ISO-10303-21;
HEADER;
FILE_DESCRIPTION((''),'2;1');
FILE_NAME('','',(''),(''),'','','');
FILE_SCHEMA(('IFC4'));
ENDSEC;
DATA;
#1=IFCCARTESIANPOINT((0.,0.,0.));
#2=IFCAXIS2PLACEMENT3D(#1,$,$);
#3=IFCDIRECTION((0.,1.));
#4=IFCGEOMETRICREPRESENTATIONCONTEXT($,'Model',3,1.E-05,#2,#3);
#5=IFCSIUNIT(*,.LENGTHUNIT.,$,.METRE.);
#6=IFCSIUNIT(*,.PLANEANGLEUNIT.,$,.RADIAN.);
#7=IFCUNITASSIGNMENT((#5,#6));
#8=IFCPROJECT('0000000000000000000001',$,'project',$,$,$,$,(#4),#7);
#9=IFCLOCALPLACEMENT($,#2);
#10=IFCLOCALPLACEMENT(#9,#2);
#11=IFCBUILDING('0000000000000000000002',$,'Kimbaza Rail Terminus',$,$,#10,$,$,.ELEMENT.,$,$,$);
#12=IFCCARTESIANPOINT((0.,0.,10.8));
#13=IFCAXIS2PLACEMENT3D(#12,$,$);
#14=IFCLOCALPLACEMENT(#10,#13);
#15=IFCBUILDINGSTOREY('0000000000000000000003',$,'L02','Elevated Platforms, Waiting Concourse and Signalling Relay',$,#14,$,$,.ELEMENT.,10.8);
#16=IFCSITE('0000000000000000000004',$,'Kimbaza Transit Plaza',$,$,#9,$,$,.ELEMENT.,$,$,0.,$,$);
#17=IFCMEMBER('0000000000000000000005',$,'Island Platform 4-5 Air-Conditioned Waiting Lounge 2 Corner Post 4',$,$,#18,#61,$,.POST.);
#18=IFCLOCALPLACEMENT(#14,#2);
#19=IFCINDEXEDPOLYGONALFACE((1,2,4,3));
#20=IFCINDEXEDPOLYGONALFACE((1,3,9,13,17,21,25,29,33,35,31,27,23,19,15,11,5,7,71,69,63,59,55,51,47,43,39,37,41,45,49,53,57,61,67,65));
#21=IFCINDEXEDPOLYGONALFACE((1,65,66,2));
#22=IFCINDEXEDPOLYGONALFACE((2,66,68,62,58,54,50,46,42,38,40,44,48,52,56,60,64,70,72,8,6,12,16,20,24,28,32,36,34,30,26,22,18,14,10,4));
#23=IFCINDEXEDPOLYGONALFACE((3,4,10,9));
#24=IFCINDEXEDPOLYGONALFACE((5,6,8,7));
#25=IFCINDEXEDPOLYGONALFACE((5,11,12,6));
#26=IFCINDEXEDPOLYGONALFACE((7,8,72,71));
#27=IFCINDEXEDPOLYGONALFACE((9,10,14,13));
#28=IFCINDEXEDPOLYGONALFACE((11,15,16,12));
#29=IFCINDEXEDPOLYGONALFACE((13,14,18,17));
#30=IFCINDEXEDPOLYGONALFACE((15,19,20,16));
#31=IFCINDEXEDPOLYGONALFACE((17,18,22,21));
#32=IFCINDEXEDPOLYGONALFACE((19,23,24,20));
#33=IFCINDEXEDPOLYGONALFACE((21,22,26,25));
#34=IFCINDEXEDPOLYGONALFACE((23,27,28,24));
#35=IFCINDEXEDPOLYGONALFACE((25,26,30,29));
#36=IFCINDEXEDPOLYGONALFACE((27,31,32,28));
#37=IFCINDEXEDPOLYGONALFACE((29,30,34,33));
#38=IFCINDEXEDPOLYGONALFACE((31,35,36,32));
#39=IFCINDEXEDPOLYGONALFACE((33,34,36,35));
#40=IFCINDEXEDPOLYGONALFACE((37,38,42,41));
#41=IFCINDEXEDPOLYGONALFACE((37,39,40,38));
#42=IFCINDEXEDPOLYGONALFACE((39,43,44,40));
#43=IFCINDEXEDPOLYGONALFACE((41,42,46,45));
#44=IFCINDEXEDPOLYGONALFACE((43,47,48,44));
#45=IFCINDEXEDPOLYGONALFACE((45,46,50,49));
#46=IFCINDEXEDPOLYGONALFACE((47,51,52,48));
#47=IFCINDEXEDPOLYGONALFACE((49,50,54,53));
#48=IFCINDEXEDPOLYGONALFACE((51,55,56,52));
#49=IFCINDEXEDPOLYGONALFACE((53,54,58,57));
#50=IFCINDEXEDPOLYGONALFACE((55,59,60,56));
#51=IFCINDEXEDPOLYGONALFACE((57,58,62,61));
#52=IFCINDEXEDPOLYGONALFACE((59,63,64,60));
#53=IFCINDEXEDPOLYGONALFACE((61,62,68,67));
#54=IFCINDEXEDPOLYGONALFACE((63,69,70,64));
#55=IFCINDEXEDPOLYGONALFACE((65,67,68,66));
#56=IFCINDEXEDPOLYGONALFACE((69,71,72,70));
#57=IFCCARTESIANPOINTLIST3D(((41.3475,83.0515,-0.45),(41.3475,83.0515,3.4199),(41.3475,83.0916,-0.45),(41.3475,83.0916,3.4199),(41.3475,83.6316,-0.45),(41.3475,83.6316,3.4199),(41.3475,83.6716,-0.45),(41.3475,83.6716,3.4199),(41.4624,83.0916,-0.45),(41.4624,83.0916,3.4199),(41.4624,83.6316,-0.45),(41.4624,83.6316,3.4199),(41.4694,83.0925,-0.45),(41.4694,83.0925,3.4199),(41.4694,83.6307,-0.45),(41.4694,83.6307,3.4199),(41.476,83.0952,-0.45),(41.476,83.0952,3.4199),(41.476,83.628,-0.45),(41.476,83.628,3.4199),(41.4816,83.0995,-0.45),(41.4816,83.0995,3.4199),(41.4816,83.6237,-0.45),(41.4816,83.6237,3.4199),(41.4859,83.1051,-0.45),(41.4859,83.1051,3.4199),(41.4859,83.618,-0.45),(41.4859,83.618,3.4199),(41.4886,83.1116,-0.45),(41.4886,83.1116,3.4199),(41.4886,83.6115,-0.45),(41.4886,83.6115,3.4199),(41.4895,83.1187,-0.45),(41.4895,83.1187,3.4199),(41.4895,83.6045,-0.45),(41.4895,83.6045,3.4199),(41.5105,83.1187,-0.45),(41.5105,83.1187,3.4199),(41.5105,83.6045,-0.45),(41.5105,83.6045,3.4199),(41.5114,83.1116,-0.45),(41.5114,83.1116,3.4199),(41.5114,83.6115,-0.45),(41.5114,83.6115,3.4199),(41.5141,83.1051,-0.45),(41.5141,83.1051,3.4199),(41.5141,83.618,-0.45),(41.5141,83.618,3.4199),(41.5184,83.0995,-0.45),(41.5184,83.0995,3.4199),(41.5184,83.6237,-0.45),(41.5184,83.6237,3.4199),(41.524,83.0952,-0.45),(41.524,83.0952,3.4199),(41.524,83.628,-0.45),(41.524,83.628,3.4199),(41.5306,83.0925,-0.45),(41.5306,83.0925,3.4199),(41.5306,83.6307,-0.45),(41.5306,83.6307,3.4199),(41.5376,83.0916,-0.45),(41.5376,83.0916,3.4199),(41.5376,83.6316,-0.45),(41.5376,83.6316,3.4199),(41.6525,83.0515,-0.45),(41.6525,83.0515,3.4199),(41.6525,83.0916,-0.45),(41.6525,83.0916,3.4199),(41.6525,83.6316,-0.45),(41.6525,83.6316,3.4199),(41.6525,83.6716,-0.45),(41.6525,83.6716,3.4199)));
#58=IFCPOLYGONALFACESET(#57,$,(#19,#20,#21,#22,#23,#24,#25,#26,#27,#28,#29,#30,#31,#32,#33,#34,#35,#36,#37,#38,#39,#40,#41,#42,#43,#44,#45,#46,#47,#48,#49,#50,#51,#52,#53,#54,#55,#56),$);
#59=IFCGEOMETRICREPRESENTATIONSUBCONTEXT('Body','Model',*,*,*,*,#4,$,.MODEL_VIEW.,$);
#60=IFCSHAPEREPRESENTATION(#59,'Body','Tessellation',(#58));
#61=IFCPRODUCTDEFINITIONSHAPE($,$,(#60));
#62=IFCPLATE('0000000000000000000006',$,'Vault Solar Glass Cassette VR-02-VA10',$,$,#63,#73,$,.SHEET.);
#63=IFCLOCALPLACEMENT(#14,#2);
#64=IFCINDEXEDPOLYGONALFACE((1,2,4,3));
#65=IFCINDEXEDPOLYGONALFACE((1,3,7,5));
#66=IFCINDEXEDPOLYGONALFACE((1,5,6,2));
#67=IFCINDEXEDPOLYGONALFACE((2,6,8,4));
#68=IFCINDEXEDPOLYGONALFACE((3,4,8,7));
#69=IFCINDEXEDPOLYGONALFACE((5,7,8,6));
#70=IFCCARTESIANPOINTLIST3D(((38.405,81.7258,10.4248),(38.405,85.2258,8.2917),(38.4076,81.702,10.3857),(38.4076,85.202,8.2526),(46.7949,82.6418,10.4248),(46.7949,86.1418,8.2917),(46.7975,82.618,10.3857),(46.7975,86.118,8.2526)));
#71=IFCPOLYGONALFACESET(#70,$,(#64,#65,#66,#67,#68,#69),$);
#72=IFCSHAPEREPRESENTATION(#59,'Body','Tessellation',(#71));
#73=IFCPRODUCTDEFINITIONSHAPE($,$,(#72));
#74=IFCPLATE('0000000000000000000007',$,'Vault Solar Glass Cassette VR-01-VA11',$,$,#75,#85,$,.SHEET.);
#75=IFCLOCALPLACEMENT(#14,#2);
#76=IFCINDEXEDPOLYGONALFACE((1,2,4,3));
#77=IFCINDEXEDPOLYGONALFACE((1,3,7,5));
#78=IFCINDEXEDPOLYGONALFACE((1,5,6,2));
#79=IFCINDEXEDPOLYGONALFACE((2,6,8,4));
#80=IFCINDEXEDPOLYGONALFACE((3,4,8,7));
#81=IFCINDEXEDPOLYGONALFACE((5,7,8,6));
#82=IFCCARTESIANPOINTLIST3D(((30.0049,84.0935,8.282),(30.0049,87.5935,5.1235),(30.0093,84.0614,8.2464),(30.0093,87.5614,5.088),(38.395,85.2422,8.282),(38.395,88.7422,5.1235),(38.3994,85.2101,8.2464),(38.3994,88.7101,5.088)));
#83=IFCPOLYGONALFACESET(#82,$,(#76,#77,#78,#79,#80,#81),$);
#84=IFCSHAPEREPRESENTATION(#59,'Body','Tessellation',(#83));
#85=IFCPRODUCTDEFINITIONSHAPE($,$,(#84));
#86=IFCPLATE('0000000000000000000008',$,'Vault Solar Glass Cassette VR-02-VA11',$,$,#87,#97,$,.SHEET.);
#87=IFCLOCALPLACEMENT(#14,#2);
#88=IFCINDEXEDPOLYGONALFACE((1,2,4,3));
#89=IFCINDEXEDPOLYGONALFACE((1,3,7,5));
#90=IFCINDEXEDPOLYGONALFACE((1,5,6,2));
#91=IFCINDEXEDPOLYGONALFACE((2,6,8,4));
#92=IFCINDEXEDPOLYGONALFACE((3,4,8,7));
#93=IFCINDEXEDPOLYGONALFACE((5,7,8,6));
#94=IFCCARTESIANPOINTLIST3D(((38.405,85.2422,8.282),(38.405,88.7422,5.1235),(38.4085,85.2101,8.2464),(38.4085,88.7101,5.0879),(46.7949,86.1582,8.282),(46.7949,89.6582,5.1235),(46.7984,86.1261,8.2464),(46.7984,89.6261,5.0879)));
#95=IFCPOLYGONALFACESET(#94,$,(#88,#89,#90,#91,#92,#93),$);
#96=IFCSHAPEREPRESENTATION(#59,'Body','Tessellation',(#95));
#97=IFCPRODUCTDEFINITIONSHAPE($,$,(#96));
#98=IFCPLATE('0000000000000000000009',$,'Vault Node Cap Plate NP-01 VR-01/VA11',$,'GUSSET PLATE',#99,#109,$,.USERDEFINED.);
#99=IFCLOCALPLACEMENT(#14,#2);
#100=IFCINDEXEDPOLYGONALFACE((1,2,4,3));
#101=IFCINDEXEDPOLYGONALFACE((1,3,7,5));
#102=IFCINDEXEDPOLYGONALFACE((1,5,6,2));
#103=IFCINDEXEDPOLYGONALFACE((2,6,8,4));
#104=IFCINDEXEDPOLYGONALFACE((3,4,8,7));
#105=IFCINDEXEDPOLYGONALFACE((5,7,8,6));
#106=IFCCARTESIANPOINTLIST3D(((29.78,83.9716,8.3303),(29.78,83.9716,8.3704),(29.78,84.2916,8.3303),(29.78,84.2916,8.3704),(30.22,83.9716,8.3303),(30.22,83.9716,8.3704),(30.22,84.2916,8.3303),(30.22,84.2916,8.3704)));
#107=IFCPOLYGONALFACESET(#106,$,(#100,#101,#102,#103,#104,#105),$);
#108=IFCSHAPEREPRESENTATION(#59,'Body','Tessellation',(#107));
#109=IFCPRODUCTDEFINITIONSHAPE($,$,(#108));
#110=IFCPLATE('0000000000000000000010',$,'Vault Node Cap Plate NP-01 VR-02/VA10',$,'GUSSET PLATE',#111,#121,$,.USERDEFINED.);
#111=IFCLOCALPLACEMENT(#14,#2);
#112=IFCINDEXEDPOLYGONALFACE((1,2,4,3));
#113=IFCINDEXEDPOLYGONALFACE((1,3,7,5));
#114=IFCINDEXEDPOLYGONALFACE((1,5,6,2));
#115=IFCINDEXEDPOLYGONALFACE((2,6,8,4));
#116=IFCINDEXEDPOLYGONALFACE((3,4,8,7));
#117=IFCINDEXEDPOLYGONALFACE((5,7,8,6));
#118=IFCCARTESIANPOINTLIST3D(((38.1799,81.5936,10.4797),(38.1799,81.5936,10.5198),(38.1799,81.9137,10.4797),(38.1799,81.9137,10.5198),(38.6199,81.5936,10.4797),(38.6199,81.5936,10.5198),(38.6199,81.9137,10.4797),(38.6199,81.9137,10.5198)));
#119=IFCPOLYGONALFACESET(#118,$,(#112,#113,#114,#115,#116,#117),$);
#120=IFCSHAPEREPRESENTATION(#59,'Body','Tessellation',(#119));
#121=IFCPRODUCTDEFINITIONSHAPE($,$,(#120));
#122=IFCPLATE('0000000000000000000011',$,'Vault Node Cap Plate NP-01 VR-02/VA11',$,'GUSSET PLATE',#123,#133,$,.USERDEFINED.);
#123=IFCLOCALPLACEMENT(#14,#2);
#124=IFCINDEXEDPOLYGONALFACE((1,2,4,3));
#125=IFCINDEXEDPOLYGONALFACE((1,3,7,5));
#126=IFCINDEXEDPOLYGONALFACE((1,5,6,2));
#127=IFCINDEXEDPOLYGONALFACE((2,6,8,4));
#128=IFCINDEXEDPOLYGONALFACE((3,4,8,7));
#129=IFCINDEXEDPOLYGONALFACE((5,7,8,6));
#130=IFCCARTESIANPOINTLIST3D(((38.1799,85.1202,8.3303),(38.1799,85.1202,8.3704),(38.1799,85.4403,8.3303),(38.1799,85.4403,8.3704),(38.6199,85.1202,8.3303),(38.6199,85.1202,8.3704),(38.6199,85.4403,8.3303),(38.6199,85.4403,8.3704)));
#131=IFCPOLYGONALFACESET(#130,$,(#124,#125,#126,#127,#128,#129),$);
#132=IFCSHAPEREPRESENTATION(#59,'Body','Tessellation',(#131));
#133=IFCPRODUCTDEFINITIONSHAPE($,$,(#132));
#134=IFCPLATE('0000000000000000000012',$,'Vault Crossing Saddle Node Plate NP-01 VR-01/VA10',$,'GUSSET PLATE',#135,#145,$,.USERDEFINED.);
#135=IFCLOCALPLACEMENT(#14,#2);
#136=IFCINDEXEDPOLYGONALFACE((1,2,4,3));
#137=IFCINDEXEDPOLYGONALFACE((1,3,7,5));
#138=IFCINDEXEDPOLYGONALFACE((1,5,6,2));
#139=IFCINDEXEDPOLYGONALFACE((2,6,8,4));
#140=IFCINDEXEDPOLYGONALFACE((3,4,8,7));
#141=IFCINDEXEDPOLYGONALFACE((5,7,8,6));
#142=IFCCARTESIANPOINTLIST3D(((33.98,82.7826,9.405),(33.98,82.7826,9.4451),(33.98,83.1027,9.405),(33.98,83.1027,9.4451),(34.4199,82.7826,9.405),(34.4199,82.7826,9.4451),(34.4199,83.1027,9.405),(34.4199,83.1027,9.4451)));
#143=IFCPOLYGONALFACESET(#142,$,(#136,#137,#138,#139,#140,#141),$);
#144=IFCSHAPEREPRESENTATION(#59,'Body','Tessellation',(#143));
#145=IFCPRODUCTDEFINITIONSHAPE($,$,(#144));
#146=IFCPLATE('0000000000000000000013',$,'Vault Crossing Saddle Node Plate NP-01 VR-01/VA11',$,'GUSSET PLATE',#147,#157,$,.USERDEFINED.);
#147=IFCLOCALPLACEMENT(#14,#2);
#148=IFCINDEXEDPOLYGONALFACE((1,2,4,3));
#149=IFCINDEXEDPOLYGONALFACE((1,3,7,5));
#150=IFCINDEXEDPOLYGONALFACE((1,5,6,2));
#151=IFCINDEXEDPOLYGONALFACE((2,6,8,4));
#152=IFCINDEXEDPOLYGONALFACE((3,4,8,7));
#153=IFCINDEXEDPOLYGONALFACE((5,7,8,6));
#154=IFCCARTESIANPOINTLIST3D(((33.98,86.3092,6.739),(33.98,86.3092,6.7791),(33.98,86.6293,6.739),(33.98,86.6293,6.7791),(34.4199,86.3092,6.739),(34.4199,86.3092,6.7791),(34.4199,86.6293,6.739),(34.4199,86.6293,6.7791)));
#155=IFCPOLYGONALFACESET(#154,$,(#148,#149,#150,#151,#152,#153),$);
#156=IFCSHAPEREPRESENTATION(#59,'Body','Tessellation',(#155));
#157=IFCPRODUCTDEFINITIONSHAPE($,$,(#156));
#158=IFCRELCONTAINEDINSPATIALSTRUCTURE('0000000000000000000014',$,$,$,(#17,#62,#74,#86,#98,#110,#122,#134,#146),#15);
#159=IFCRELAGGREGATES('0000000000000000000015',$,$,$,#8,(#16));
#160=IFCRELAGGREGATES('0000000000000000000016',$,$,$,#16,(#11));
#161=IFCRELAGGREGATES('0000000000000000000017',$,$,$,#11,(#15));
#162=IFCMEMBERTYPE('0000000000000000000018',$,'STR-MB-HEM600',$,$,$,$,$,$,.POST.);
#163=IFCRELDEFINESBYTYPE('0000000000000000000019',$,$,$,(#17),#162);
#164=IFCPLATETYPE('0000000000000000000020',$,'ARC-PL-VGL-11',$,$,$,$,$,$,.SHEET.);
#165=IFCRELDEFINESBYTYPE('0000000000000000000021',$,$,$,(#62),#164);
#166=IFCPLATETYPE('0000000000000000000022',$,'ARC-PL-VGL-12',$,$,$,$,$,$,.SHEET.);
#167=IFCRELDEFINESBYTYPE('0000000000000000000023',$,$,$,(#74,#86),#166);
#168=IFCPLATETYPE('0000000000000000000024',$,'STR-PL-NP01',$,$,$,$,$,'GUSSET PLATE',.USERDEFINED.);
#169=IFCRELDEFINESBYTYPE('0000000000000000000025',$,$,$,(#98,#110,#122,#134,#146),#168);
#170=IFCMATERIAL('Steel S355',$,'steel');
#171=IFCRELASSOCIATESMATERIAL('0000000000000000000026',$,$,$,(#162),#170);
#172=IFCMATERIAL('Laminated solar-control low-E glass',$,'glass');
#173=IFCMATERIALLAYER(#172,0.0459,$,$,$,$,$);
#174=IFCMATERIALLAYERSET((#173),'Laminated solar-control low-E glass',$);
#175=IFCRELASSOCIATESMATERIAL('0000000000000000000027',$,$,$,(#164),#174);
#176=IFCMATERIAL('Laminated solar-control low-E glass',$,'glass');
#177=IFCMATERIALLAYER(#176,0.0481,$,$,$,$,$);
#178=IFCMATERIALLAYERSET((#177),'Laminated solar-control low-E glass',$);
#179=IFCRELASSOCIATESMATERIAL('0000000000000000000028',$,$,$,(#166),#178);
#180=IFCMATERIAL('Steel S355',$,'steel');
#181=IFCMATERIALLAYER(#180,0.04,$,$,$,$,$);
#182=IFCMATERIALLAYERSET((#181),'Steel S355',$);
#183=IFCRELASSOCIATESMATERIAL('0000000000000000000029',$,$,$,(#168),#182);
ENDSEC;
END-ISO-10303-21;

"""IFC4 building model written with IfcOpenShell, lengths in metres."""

from ifc_helpers import new_model, si_unit, direction, frame, origin, origin_2d, place, context, subcontext, project, spatial, polyline, rectangle, i_section, outline, extrude, material, layer, layer_set, material_profile, profile_set, type_object, element, save


model = new_model("IFC4")

# Units and contexts
model_context = context("Model", 3, precision=1e-05, world=origin(), true_north=direction((0.0, 1.0)))
body_context = subcontext(model_context, "Body", "Model", "MODEL_VIEW")
ifc_project = project(units=[si_unit("LENGTHUNIT", "METRE"), si_unit("PLANEANGLEUNIT", "RADIAN")], contexts=[model_context])

# Site, building, storey
site_placement = place(None, origin())
site = spatial("IfcSite", under=ifc_project, at=site_placement, Name="Kimbaza Transit Plaza", CompositionType="ELEMENT", RefElevation=0.0)
building_placement = place(site_placement, origin())
building = spatial("IfcBuilding", under=site, at=building_placement, Name="Kimbaza Rail Terminus", CompositionType="ELEMENT")
storey_placement = place(building_placement, frame((0.0, 0.0, 10.8)))
storey = spatial("IfcBuildingStorey", under=building, at=storey_placement, Name="L02", Description="Elevated Platforms, Waiting Concourse and Signalling Relay", CompositionType="ELEMENT", Elevation=10.8)

# Member
ifc_material_1 = material(Name="Steel S355", Category="steel")
ifc_material_profile_1 = material_profile(ifc_material_1, i_section(OverallWidth=0.3049, OverallDepth=0.6201, WebThickness=0.021, FlangeThickness=0.04, FilletRadius=0.0271, at=origin_2d()), Name="HEM 600")
ifc_profile_set_1 = profile_set([ifc_material_profile_1], Name="Steel S355")
member_type_1 = type_object("IfcMemberType", Name="STR-MB-HEM600", PredefinedType="POST", material=ifc_profile_set_1)
member_1_placement = place(storey_placement, frame((41.5, 83.3616, -0.45), z_axis=(0.0, 0.0, 1.0), x_axis=(1.0, 0.0, 0.0)))
element("IfcMember", 1, at=member_1_placement, inside=storey, type_object=member_type_1, Name="Island Platform 4-5 Air-Conditioned Waiting Lounge 2 Corner Post 4", PredefinedType="POST", context=body_context, shape_type="SweptSolid", body=[
    extrude(i_section(OverallWidth=0.3049, OverallDepth=0.6201, WebThickness=0.021, FlangeThickness=0.04, FilletRadius=0.0271, at=origin_2d()), origin(), (0.0, 0.0, 1.0), 3.8699),
])

# Plates
ifc_material_2 = material(Name="Laminated solar-control low-E glass", Category="glass")
ifc_layer_1 = layer(ifc_material_2, 0.0459)
ifc_layer_set_1 = layer_set([ifc_layer_1], Name="Laminated solar-control low-E glass")
plate_type_1 = type_object("IfcPlateType", Name="ARC-PL-VGL-11", PredefinedType="SHEET", material=ifc_layer_set_1)
plate_1_placement = place(storey_placement, frame((38.405, 81.7258, 10.4248), z_axis=(-0.056728, 0.519576, 0.852539), x_axis=(0.994093, 0.108536, 0.0)))
element("IfcPlate", 2, at=plate_1_placement, inside=storey, type_object=plate_type_1, Name="Vault Solar Glass Cassette VR-02-VA10", PredefinedType="SHEET", context=body_context, shape_type="SweptSolid", body=[
    extrude(outline(polyline([(0.0, 0.0), (8.4398, 0.0), (8.8196, 4.0811), (0.3799, 4.0811), (0.0, 0.0)])), origin(), (0.0, 0.0, -1.0), 0.0459),
])
ifc_material_3 = material(Name="Laminated solar-control low-E glass", Category="glass")
ifc_layer_2 = layer(ifc_material_3, 0.0481)
ifc_layer_set_2 = layer_set([ifc_layer_2], Name="Laminated solar-control low-E glass")
plate_type_2 = type_object("IfcPlateType", Name="ARC-PL-VGL-12", PredefinedType="SHEET", material=ifc_layer_set_2)
plate_2_placement = place(storey_placement, frame((30.0049, 84.0935, 8.282), z_axis=(-0.091339, 0.667154, 0.739299), x_axis=(0.990758, 0.135643, 0.0)))
element("IfcPlate", 3, at=plate_2_placement, inside=storey, type_object=plate_type_2, Name="Vault Solar Glass Cassette VR-01-VA11", PredefinedType="SHEET", context=body_context, shape_type="SweptSolid", body=[
    extrude(outline(polyline([(0.0, 0.0), (8.4684, 0.0), (8.9432, 4.6905), (0.4748, 4.6905), (0.0, 0.0)])), origin(), (0.0, 0.0, -1.0), 0.0481),
])
plate_3_placement = place(storey_placement, frame((38.405, 85.2422, 8.282), z_axis=(-0.072951, 0.668169, 0.740424), x_axis=(0.994093, 0.108536, 0.0)))
element("IfcPlate", 4, at=plate_3_placement, inside=storey, type_object=plate_type_2, Name="Vault Solar Glass Cassette VR-02-VA11", PredefinedType="SHEET", context=body_context, shape_type="SweptSolid", body=[
    extrude(outline(polyline([(0.0, 0.0), (8.4398, 0.0), (8.8196, 4.6991), (0.3799, 4.6991), (0.0, 0.0)])), origin(), (0.0, 0.0, -1.0), 0.0481),
])
ifc_material_4 = material(Name="Steel S355", Category="steel")
ifc_layer_3 = layer(ifc_material_4, 0.04)
ifc_layer_set_3 = layer_set([ifc_layer_3], Name="Steel S355")
plate_type_3 = type_object("IfcPlateType", Name="STR-PL-NP01", ElementType="GUSSET PLATE", PredefinedType="USERDEFINED", material=ifc_layer_set_3)
for number, where, z_axis, x_axis, name in (
    (5, (30.0, 84.1316, 8.3303), (0.0, 0.0, 1.0), (1.0, 0.0, 0.0), "Vault Node Cap Plate NP-01 VR-01/VA11"),
    (6, (38.3999, 81.7537, 10.4797), (0.0, 0.0, 1.0), (1.0, 0.0, 0.0), "Vault Node Cap Plate NP-01 VR-02/VA10"),
    (7, (38.3999, 85.2803, 8.3303), (0.0, 0.0, 1.0), (1.0, 0.0, 0.0), "Vault Node Cap Plate NP-01 VR-02/VA11"),
    (8, (34.2, 82.9426, 9.405), (0.0, 0.0, 1.0), (1.0, 0.0, 0.0), "Vault Crossing Saddle Node Plate NP-01 VR-01/VA10"),
    (9, (34.2, 86.4692, 6.739), (0.0, 0.0, 1.0), (1.0, 0.0, 0.0), "Vault Crossing Saddle Node Plate NP-01 VR-01/VA11"),
):
    element("IfcPlate", number, at=place(storey_placement, frame(where, z_axis=z_axis, x_axis=x_axis)), inside=storey, type_object=plate_type_3, Name=name, ObjectType="GUSSET PLATE", PredefinedType="USERDEFINED", context=body_context, shape_type="SweptSolid", body=[
        extrude(rectangle(XDim=0.4399, YDim=0.3201, at=origin_2d()), origin(), (0.0, 0.0, 1.0), 0.04),
    ])

save(model, "model.ifc")
